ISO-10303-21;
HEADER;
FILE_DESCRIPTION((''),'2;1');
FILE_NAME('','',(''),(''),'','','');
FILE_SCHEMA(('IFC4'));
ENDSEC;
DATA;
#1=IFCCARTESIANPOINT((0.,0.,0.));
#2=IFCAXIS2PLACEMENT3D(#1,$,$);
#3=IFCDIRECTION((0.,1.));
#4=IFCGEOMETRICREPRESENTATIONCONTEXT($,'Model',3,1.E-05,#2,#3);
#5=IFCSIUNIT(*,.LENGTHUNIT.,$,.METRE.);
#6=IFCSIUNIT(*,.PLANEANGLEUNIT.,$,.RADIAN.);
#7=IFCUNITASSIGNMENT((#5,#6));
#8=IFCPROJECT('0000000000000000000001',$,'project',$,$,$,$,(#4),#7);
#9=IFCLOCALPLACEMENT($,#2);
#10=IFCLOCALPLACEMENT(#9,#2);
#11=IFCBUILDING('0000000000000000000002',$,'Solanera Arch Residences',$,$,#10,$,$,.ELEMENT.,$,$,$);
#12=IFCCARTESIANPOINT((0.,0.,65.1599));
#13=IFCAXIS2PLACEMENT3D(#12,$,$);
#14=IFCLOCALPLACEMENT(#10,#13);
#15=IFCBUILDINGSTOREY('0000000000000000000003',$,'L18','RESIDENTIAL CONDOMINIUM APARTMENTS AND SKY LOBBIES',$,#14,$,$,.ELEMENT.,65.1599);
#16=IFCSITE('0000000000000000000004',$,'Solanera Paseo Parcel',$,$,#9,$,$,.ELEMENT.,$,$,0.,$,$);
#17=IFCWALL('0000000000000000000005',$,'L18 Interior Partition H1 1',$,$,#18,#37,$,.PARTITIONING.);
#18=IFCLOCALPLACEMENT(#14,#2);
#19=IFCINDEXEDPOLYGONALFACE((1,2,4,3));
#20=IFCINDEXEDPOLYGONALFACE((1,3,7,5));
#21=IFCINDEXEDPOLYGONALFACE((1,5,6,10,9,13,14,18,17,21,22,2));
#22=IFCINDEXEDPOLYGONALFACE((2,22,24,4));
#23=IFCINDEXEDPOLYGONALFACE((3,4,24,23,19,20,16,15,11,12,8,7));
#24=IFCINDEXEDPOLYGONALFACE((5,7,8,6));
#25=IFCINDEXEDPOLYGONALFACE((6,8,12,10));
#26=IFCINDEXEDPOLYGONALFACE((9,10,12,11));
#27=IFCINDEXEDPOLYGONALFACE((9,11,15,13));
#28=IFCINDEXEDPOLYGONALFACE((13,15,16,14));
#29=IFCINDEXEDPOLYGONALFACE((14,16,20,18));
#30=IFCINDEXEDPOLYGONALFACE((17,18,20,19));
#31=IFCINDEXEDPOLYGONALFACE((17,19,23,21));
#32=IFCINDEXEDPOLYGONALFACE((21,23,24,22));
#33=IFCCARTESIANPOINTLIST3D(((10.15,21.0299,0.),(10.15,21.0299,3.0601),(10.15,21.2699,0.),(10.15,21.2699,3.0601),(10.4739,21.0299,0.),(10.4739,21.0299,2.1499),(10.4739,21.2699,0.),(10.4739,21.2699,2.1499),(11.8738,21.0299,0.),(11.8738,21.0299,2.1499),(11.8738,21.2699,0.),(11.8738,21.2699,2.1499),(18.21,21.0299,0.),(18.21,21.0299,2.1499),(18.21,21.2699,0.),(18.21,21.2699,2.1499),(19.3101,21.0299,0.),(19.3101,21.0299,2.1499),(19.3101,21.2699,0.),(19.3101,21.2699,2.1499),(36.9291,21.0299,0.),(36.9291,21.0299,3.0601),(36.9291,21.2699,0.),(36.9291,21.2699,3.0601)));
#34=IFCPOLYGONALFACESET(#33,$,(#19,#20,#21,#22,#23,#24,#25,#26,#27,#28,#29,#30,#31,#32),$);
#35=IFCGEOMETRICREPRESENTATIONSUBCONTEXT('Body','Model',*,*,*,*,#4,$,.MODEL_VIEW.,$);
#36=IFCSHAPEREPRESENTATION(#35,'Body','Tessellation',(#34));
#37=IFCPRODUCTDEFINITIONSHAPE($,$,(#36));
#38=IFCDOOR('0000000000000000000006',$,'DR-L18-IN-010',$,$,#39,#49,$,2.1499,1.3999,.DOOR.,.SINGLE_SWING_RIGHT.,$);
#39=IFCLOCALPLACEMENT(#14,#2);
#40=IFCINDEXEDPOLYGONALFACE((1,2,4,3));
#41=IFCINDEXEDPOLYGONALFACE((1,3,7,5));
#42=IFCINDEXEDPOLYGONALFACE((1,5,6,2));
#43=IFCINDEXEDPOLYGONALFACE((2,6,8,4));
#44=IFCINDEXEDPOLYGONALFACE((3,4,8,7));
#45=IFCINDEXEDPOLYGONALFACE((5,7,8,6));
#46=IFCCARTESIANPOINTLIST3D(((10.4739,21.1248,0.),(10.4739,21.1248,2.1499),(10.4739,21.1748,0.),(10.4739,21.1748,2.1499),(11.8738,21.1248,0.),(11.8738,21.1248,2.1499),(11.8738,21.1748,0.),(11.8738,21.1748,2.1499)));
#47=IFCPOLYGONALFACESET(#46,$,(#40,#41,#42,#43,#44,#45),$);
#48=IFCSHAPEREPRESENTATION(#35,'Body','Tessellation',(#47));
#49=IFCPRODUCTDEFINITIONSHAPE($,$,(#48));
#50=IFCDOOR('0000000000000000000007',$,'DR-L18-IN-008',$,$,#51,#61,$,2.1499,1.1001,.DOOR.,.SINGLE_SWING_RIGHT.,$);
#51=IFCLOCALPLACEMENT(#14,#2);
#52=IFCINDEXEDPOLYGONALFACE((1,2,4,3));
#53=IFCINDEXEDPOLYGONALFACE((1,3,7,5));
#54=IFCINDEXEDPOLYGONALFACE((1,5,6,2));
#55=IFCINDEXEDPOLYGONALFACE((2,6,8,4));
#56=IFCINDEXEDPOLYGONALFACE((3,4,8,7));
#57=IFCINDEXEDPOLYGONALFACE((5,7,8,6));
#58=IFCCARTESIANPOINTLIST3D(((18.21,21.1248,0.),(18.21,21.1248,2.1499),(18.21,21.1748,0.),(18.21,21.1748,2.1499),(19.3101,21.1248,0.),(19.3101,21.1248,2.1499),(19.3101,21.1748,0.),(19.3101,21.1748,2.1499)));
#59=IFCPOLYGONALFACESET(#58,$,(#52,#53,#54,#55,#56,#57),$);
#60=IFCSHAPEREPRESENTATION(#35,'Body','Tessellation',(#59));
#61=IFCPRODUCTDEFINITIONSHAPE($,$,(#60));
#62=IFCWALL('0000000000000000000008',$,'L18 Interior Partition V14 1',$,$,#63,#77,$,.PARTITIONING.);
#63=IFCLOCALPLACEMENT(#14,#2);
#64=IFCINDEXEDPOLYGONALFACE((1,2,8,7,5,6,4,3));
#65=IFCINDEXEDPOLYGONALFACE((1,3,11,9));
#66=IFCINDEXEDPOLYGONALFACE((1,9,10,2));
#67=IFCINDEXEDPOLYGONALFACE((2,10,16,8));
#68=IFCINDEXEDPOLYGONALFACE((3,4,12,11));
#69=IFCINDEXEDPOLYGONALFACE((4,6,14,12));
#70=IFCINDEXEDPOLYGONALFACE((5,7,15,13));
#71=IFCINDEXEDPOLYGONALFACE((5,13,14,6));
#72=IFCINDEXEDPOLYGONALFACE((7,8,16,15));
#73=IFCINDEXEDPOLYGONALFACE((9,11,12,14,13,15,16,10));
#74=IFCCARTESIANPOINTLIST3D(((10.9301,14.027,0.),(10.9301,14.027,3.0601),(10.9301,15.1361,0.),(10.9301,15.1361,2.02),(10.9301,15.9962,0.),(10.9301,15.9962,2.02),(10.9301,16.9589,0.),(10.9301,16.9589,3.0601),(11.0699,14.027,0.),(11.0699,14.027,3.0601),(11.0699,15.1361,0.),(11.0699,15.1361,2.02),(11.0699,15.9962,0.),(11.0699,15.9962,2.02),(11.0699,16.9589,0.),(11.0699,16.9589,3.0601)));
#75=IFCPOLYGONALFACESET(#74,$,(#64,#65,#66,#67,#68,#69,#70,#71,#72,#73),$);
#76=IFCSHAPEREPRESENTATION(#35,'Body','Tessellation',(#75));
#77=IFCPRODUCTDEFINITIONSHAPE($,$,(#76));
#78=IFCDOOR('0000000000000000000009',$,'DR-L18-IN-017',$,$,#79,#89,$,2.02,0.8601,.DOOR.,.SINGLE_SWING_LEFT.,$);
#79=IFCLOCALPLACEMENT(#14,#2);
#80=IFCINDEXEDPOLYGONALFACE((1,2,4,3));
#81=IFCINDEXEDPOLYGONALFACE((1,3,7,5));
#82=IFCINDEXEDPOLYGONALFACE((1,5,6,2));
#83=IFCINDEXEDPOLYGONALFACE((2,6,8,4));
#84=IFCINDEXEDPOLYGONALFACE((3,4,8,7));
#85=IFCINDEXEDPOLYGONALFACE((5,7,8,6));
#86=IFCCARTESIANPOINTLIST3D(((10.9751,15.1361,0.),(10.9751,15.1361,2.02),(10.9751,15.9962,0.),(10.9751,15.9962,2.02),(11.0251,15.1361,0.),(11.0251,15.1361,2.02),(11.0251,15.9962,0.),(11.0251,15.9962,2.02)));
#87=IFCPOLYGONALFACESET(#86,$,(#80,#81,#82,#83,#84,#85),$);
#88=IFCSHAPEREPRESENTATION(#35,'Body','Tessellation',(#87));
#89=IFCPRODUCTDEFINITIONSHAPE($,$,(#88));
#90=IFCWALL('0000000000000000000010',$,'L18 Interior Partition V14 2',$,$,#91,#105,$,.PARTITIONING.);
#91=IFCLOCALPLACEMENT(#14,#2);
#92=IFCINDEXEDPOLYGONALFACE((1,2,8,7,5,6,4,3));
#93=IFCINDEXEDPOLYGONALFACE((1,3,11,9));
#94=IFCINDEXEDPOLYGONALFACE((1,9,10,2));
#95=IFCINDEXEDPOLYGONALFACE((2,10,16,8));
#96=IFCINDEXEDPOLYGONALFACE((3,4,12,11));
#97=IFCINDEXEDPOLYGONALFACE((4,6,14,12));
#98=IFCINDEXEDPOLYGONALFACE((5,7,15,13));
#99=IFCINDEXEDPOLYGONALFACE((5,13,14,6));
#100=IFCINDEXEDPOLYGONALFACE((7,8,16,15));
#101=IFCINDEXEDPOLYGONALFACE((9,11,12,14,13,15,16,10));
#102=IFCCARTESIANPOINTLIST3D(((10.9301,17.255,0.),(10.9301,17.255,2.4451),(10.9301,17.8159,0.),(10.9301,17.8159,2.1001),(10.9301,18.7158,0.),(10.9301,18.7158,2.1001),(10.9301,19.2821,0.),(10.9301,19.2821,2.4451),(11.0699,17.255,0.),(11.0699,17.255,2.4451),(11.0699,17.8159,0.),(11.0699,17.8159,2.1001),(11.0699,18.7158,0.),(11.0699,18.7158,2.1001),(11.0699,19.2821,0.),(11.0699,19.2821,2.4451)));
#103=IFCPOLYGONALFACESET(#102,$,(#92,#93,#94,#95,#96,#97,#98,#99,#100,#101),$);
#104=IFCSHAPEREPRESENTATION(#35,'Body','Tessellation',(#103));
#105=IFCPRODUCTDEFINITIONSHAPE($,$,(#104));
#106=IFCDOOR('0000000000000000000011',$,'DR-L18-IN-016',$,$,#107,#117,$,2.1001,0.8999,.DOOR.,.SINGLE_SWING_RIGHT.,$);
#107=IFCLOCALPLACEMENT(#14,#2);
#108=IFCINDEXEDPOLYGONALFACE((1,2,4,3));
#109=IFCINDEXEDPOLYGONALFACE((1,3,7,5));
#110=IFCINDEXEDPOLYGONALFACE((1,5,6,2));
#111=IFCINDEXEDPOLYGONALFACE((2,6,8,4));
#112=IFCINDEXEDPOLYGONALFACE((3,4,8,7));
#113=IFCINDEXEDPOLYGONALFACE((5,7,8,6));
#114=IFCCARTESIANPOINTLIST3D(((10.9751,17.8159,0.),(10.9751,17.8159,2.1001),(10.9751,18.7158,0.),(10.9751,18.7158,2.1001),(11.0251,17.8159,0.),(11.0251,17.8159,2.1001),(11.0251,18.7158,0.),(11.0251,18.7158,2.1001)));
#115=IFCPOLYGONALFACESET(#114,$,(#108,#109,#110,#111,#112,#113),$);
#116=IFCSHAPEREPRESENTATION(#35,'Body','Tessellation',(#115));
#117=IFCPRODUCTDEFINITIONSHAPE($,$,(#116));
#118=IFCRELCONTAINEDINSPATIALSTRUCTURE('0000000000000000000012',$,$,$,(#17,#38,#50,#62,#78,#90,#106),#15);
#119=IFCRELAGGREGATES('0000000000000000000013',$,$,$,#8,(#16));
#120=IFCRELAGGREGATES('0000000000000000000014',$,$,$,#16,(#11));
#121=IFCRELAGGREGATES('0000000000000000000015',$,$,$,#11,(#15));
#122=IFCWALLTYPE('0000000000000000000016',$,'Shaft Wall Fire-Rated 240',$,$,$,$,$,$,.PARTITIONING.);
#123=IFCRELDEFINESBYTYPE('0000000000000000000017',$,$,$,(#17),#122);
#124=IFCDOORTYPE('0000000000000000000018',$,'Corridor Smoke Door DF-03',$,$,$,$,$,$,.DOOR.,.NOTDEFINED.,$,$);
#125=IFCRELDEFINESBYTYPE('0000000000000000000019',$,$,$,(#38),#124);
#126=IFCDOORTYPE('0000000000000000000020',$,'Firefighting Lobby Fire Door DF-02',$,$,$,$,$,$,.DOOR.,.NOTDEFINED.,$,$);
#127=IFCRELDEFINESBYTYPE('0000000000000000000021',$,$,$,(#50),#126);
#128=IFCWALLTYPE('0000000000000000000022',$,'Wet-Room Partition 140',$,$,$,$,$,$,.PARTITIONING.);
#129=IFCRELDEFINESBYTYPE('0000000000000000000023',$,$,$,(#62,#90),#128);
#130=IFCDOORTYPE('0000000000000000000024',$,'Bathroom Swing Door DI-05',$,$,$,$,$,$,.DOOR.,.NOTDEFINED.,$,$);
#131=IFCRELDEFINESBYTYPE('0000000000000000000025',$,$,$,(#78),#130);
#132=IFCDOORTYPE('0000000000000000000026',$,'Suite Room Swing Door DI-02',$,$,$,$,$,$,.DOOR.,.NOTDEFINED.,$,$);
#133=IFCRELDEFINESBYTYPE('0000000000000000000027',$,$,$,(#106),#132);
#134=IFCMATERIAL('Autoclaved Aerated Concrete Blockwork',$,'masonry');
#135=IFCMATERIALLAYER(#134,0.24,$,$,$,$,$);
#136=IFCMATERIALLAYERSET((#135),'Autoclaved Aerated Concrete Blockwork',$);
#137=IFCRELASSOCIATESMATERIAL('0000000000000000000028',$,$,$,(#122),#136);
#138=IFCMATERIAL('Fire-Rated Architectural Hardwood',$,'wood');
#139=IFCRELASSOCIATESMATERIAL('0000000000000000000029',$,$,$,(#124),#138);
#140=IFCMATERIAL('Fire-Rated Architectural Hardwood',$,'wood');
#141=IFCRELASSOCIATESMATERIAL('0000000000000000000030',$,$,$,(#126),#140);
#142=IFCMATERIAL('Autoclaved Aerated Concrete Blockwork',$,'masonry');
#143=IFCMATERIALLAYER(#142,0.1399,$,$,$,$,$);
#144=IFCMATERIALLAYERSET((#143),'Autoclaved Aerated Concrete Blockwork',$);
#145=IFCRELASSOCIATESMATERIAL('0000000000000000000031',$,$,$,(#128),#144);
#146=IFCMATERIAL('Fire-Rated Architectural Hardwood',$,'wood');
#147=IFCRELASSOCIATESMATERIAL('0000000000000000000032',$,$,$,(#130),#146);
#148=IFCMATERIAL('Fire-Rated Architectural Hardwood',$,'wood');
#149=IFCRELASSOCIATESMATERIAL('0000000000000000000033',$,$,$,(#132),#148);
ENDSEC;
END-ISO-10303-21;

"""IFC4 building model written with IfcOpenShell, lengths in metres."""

from ifc_helpers import new_model, si_unit, direction, frame, frame_2d, origin, place, context, subcontext, project, spatial, rectangle, extrude, material, layer, layer_set, type_object, element, fill, save


model = new_model("IFC4")

# Units and contexts
model_context = context("Model", 3, precision=1e-05, world=origin(), true_north=direction((0.0, 1.0)))
body_context = subcontext(model_context, "Body", "Model", "MODEL_VIEW")
ifc_project = project(units=[si_unit("LENGTHUNIT", "METRE"), si_unit("PLANEANGLEUNIT", "RADIAN")], contexts=[model_context])

# Site, building, storey
site_placement = place(None, origin())
site = spatial("IfcSite", under=ifc_project, at=site_placement, Name="Solanera Paseo Parcel", CompositionType="ELEMENT", RefElevation=0.0)
building_placement = place(site_placement, origin())
building = spatial("IfcBuilding", under=site, at=building_placement, Name="Solanera Arch Residences", CompositionType="ELEMENT")
storey_placement = place(building_placement, frame((0.0, 0.0, 65.1599)))
storey = spatial("IfcBuildingStorey", under=building, at=storey_placement, Name="L18", Description="RESIDENTIAL CONDOMINIUM APARTMENTS AND SKY LOBBIES", CompositionType="ELEMENT", Elevation=65.1599)

# Wall, openings, doors
ifc_material_1 = material(Name="Autoclaved Aerated Concrete Blockwork", Category="masonry")
ifc_layer_1 = layer(ifc_material_1, 0.24)
ifc_layer_set_1 = layer_set([ifc_layer_1], Name="Autoclaved Aerated Concrete Blockwork")
wall_type_1 = type_object("IfcWallType", Name="Shaft Wall Fire-Rated 240", PredefinedType="PARTITIONING", material=ifc_layer_set_1)
wall_1_placement = place(storey_placement, frame((10.1499, 21.1499, 0.0), z_axis=(0.0, 0.0, 1.0), x_axis=(1.0, 0.0, 0.0)))
wall_1 = element("IfcWall", 1, at=wall_1_placement, inside=storey, type_object=wall_type_1, Name="L18 Interior Partition H1 1", PredefinedType="PARTITIONING", context=body_context, shape_type="SweptSolid", body=[
    extrude(rectangle(XDim=26.7791, YDim=0.24, at=frame_2d((13.3896, 0.0))), origin(), (0.0, 0.0, 1.0), 3.0601),
])
opening_1_placement = place(wall_1_placement, frame((8.0601, 0.0, 0.0)))
opening_1 = element("IfcOpeningElement", 2, at=opening_1_placement, cuts=wall_1, PredefinedType="OPENING", context=body_context, shape_type="SweptSolid", body=[
    extrude(rectangle(XDim=1.1001, YDim=2.1499, at=frame_2d((0.55, 1.075))), frame((0.0, 0.1299, 0.0), z_axis=(0.0, -1.0, 0.0), x_axis=(1.0, 0.0, 0.0)), (0.0, 0.0, 1.0), 0.26),
])
opening_2_placement = place(wall_1_placement, frame((0.324, 0.0, 0.0)))
opening_2 = element("IfcOpeningElement", 3, at=opening_2_placement, cuts=wall_1, PredefinedType="OPENING", context=body_context, shape_type="SweptSolid", body=[
    extrude(rectangle(XDim=1.3999, YDim=2.1499, at=frame_2d((0.7, 1.075))), frame((0.0, 0.1299, 0.0), z_axis=(0.0, -1.0, 0.0), x_axis=(1.0, 0.0, 0.0)), (0.0, 0.0, 1.0), 0.26),
])
ifc_material_2 = material(Name="Fire-Rated Architectural Hardwood", Category="wood")
door_type_1 = type_object("IfcDoorType", Name="Corridor Smoke Door DF-03", OperationType="NOTDEFINED", PredefinedType="DOOR", material=ifc_material_2)
door_1_placement = place(opening_2_placement, origin())
door_1 = element("IfcDoor", 4, at=door_1_placement, inside=storey, type_object=door_type_1, Name="DR-L18-IN-010", OperationType="SINGLE_SWING_RIGHT", OverallHeight=2.1499, OverallWidth=1.3999, PredefinedType="DOOR", context=body_context, shape_type="SweptSolid", body=[
    extrude(rectangle(XDim=1.3999, YDim=2.1499, at=frame_2d((0.7, 1.075))), frame((0.0, 0.0249, 0.0), z_axis=(0.0, -1.0, 0.0), x_axis=(1.0, 0.0, 0.0)), (0.0, 0.0, 1.0), 0.05),
])
fill(opening_2, door_1)
ifc_material_3 = material(Name="Fire-Rated Architectural Hardwood", Category="wood")
door_type_2 = type_object("IfcDoorType", Name="Firefighting Lobby Fire Door DF-02", OperationType="NOTDEFINED", PredefinedType="DOOR", material=ifc_material_3)
door_2_placement = place(opening_1_placement, origin())
door_2 = element("IfcDoor", 5, at=door_2_placement, inside=storey, type_object=door_type_2, Name="DR-L18-IN-008", OperationType="SINGLE_SWING_RIGHT", OverallHeight=2.1499, OverallWidth=1.1001, PredefinedType="DOOR", context=body_context, shape_type="SweptSolid", body=[
    extrude(rectangle(XDim=1.1001, YDim=2.1499, at=frame_2d((0.55, 1.075))), frame((0.0, 0.0249, 0.0), z_axis=(0.0, -1.0, 0.0), x_axis=(1.0, 0.0, 0.0)), (0.0, 0.0, 1.0), 0.05),
])
fill(opening_1, door_2)

# Walls, openings, doors
ifc_material_4 = material(Name="Autoclaved Aerated Concrete Blockwork", Category="masonry")
ifc_layer_2 = layer(ifc_material_4, 0.1399)
ifc_layer_set_2 = layer_set([ifc_layer_2], Name="Autoclaved Aerated Concrete Blockwork")
wall_type_2 = type_object("IfcWallType", Name="Wet-Room Partition 140", PredefinedType="PARTITIONING", material=ifc_layer_set_2)
wall_2_placement = place(storey_placement, frame((11.0, 14.0271, 0.0), z_axis=(0.0, 0.0, 1.0), x_axis=(0.0, 1.0, 0.0)))
wall_2 = element("IfcWall", 6, at=wall_2_placement, inside=storey, type_object=wall_type_2, Name="L18 Interior Partition V14 1", PredefinedType="PARTITIONING", context=body_context, shape_type="SweptSolid", body=[
    extrude(rectangle(XDim=2.9319, YDim=0.1399, at=frame_2d((1.4658, 0.0))), origin(), (0.0, 0.0, 1.0), 3.0601),
])
opening_3_placement = place(wall_2_placement, frame((1.1089, 0.0, 0.0)))
opening_3 = element("IfcOpeningElement", 7, at=opening_3_placement, cuts=wall_2, PredefinedType="OPENING", context=body_context, shape_type="SweptSolid", body=[
    extrude(rectangle(XDim=0.8601, YDim=2.02, at=frame_2d((0.4302, 1.01))), frame((0.0, 0.0798, 0.0), z_axis=(0.0, -1.0, 0.0), x_axis=(1.0, 0.0, 0.0)), (0.0, 0.0, 1.0), 0.1599),
])
ifc_material_5 = material(Name="Fire-Rated Architectural Hardwood", Category="wood")
door_type_3 = type_object("IfcDoorType", Name="Bathroom Swing Door DI-05", OperationType="NOTDEFINED", PredefinedType="DOOR", material=ifc_material_5)
door_3_placement = place(opening_3_placement, origin())
door_3 = element("IfcDoor", 8, at=door_3_placement, inside=storey, type_object=door_type_3, Name="DR-L18-IN-017", OperationType="SINGLE_SWING_LEFT", OverallHeight=2.02, OverallWidth=0.8601, PredefinedType="DOOR", context=body_context, shape_type="SweptSolid", body=[
    extrude(rectangle(XDim=0.8601, YDim=2.02, at=frame_2d((0.4302, 1.01))), frame((0.0, 0.0249, 0.0), z_axis=(0.0, -1.0, 0.0), x_axis=(1.0, 0.0, 0.0)), (0.0, 0.0, 1.0), 0.05),
])
fill(opening_3, door_3)
wall_3_placement = place(storey_placement, frame((11.0, 17.2549, 0.0), z_axis=(0.0, 0.0, 1.0), x_axis=(0.0, 1.0, 0.0)))
wall_3 = element("IfcWall", 9, at=wall_3_placement, inside=storey, type_object=wall_type_2, Name="L18 Interior Partition V14 2", PredefinedType="PARTITIONING", context=body_context, shape_type="SweptSolid", body=[
    extrude(rectangle(XDim=2.0271, YDim=0.1399, at=frame_2d((1.0137, 0.0))), origin(), (0.0, 0.0, 1.0), 2.4451),
])
opening_4_placement = place(wall_3_placement, frame((0.561, 0.0, 0.0)))
opening_4 = element("IfcOpeningElement", 10, at=opening_4_placement, cuts=wall_3, PredefinedType="OPENING", context=body_context, shape_type="SweptSolid", body=[
    extrude(rectangle(XDim=0.8999, YDim=2.1001, at=frame_2d((0.45, 1.05))), frame((0.0, 0.0798, 0.0), z_axis=(0.0, -1.0, 0.0), x_axis=(1.0, 0.0, 0.0)), (0.0, 0.0, 1.0), 0.1599),
])
ifc_material_6 = material(Name="Fire-Rated Architectural Hardwood", Category="wood")
door_type_4 = type_object("IfcDoorType", Name="Suite Room Swing Door DI-02", OperationType="NOTDEFINED", PredefinedType="DOOR", material=ifc_material_6)
door_4_placement = place(opening_4_placement, origin())
door_4 = element("IfcDoor", 11, at=door_4_placement, inside=storey, type_object=door_type_4, Name="DR-L18-IN-016", OperationType="SINGLE_SWING_RIGHT", OverallHeight=2.1001, OverallWidth=0.8999, PredefinedType="DOOR", context=body_context, shape_type="SweptSolid", body=[
    extrude(rectangle(XDim=0.8999, YDim=2.1001, at=frame_2d((0.45, 1.05))), frame((0.0, 0.0249, 0.0), z_axis=(0.0, -1.0, 0.0), x_axis=(1.0, 0.0, 0.0)), (0.0, 0.0, 1.0), 0.05),
])
fill(opening_4, door_4)

save(model, "model.ifc")
